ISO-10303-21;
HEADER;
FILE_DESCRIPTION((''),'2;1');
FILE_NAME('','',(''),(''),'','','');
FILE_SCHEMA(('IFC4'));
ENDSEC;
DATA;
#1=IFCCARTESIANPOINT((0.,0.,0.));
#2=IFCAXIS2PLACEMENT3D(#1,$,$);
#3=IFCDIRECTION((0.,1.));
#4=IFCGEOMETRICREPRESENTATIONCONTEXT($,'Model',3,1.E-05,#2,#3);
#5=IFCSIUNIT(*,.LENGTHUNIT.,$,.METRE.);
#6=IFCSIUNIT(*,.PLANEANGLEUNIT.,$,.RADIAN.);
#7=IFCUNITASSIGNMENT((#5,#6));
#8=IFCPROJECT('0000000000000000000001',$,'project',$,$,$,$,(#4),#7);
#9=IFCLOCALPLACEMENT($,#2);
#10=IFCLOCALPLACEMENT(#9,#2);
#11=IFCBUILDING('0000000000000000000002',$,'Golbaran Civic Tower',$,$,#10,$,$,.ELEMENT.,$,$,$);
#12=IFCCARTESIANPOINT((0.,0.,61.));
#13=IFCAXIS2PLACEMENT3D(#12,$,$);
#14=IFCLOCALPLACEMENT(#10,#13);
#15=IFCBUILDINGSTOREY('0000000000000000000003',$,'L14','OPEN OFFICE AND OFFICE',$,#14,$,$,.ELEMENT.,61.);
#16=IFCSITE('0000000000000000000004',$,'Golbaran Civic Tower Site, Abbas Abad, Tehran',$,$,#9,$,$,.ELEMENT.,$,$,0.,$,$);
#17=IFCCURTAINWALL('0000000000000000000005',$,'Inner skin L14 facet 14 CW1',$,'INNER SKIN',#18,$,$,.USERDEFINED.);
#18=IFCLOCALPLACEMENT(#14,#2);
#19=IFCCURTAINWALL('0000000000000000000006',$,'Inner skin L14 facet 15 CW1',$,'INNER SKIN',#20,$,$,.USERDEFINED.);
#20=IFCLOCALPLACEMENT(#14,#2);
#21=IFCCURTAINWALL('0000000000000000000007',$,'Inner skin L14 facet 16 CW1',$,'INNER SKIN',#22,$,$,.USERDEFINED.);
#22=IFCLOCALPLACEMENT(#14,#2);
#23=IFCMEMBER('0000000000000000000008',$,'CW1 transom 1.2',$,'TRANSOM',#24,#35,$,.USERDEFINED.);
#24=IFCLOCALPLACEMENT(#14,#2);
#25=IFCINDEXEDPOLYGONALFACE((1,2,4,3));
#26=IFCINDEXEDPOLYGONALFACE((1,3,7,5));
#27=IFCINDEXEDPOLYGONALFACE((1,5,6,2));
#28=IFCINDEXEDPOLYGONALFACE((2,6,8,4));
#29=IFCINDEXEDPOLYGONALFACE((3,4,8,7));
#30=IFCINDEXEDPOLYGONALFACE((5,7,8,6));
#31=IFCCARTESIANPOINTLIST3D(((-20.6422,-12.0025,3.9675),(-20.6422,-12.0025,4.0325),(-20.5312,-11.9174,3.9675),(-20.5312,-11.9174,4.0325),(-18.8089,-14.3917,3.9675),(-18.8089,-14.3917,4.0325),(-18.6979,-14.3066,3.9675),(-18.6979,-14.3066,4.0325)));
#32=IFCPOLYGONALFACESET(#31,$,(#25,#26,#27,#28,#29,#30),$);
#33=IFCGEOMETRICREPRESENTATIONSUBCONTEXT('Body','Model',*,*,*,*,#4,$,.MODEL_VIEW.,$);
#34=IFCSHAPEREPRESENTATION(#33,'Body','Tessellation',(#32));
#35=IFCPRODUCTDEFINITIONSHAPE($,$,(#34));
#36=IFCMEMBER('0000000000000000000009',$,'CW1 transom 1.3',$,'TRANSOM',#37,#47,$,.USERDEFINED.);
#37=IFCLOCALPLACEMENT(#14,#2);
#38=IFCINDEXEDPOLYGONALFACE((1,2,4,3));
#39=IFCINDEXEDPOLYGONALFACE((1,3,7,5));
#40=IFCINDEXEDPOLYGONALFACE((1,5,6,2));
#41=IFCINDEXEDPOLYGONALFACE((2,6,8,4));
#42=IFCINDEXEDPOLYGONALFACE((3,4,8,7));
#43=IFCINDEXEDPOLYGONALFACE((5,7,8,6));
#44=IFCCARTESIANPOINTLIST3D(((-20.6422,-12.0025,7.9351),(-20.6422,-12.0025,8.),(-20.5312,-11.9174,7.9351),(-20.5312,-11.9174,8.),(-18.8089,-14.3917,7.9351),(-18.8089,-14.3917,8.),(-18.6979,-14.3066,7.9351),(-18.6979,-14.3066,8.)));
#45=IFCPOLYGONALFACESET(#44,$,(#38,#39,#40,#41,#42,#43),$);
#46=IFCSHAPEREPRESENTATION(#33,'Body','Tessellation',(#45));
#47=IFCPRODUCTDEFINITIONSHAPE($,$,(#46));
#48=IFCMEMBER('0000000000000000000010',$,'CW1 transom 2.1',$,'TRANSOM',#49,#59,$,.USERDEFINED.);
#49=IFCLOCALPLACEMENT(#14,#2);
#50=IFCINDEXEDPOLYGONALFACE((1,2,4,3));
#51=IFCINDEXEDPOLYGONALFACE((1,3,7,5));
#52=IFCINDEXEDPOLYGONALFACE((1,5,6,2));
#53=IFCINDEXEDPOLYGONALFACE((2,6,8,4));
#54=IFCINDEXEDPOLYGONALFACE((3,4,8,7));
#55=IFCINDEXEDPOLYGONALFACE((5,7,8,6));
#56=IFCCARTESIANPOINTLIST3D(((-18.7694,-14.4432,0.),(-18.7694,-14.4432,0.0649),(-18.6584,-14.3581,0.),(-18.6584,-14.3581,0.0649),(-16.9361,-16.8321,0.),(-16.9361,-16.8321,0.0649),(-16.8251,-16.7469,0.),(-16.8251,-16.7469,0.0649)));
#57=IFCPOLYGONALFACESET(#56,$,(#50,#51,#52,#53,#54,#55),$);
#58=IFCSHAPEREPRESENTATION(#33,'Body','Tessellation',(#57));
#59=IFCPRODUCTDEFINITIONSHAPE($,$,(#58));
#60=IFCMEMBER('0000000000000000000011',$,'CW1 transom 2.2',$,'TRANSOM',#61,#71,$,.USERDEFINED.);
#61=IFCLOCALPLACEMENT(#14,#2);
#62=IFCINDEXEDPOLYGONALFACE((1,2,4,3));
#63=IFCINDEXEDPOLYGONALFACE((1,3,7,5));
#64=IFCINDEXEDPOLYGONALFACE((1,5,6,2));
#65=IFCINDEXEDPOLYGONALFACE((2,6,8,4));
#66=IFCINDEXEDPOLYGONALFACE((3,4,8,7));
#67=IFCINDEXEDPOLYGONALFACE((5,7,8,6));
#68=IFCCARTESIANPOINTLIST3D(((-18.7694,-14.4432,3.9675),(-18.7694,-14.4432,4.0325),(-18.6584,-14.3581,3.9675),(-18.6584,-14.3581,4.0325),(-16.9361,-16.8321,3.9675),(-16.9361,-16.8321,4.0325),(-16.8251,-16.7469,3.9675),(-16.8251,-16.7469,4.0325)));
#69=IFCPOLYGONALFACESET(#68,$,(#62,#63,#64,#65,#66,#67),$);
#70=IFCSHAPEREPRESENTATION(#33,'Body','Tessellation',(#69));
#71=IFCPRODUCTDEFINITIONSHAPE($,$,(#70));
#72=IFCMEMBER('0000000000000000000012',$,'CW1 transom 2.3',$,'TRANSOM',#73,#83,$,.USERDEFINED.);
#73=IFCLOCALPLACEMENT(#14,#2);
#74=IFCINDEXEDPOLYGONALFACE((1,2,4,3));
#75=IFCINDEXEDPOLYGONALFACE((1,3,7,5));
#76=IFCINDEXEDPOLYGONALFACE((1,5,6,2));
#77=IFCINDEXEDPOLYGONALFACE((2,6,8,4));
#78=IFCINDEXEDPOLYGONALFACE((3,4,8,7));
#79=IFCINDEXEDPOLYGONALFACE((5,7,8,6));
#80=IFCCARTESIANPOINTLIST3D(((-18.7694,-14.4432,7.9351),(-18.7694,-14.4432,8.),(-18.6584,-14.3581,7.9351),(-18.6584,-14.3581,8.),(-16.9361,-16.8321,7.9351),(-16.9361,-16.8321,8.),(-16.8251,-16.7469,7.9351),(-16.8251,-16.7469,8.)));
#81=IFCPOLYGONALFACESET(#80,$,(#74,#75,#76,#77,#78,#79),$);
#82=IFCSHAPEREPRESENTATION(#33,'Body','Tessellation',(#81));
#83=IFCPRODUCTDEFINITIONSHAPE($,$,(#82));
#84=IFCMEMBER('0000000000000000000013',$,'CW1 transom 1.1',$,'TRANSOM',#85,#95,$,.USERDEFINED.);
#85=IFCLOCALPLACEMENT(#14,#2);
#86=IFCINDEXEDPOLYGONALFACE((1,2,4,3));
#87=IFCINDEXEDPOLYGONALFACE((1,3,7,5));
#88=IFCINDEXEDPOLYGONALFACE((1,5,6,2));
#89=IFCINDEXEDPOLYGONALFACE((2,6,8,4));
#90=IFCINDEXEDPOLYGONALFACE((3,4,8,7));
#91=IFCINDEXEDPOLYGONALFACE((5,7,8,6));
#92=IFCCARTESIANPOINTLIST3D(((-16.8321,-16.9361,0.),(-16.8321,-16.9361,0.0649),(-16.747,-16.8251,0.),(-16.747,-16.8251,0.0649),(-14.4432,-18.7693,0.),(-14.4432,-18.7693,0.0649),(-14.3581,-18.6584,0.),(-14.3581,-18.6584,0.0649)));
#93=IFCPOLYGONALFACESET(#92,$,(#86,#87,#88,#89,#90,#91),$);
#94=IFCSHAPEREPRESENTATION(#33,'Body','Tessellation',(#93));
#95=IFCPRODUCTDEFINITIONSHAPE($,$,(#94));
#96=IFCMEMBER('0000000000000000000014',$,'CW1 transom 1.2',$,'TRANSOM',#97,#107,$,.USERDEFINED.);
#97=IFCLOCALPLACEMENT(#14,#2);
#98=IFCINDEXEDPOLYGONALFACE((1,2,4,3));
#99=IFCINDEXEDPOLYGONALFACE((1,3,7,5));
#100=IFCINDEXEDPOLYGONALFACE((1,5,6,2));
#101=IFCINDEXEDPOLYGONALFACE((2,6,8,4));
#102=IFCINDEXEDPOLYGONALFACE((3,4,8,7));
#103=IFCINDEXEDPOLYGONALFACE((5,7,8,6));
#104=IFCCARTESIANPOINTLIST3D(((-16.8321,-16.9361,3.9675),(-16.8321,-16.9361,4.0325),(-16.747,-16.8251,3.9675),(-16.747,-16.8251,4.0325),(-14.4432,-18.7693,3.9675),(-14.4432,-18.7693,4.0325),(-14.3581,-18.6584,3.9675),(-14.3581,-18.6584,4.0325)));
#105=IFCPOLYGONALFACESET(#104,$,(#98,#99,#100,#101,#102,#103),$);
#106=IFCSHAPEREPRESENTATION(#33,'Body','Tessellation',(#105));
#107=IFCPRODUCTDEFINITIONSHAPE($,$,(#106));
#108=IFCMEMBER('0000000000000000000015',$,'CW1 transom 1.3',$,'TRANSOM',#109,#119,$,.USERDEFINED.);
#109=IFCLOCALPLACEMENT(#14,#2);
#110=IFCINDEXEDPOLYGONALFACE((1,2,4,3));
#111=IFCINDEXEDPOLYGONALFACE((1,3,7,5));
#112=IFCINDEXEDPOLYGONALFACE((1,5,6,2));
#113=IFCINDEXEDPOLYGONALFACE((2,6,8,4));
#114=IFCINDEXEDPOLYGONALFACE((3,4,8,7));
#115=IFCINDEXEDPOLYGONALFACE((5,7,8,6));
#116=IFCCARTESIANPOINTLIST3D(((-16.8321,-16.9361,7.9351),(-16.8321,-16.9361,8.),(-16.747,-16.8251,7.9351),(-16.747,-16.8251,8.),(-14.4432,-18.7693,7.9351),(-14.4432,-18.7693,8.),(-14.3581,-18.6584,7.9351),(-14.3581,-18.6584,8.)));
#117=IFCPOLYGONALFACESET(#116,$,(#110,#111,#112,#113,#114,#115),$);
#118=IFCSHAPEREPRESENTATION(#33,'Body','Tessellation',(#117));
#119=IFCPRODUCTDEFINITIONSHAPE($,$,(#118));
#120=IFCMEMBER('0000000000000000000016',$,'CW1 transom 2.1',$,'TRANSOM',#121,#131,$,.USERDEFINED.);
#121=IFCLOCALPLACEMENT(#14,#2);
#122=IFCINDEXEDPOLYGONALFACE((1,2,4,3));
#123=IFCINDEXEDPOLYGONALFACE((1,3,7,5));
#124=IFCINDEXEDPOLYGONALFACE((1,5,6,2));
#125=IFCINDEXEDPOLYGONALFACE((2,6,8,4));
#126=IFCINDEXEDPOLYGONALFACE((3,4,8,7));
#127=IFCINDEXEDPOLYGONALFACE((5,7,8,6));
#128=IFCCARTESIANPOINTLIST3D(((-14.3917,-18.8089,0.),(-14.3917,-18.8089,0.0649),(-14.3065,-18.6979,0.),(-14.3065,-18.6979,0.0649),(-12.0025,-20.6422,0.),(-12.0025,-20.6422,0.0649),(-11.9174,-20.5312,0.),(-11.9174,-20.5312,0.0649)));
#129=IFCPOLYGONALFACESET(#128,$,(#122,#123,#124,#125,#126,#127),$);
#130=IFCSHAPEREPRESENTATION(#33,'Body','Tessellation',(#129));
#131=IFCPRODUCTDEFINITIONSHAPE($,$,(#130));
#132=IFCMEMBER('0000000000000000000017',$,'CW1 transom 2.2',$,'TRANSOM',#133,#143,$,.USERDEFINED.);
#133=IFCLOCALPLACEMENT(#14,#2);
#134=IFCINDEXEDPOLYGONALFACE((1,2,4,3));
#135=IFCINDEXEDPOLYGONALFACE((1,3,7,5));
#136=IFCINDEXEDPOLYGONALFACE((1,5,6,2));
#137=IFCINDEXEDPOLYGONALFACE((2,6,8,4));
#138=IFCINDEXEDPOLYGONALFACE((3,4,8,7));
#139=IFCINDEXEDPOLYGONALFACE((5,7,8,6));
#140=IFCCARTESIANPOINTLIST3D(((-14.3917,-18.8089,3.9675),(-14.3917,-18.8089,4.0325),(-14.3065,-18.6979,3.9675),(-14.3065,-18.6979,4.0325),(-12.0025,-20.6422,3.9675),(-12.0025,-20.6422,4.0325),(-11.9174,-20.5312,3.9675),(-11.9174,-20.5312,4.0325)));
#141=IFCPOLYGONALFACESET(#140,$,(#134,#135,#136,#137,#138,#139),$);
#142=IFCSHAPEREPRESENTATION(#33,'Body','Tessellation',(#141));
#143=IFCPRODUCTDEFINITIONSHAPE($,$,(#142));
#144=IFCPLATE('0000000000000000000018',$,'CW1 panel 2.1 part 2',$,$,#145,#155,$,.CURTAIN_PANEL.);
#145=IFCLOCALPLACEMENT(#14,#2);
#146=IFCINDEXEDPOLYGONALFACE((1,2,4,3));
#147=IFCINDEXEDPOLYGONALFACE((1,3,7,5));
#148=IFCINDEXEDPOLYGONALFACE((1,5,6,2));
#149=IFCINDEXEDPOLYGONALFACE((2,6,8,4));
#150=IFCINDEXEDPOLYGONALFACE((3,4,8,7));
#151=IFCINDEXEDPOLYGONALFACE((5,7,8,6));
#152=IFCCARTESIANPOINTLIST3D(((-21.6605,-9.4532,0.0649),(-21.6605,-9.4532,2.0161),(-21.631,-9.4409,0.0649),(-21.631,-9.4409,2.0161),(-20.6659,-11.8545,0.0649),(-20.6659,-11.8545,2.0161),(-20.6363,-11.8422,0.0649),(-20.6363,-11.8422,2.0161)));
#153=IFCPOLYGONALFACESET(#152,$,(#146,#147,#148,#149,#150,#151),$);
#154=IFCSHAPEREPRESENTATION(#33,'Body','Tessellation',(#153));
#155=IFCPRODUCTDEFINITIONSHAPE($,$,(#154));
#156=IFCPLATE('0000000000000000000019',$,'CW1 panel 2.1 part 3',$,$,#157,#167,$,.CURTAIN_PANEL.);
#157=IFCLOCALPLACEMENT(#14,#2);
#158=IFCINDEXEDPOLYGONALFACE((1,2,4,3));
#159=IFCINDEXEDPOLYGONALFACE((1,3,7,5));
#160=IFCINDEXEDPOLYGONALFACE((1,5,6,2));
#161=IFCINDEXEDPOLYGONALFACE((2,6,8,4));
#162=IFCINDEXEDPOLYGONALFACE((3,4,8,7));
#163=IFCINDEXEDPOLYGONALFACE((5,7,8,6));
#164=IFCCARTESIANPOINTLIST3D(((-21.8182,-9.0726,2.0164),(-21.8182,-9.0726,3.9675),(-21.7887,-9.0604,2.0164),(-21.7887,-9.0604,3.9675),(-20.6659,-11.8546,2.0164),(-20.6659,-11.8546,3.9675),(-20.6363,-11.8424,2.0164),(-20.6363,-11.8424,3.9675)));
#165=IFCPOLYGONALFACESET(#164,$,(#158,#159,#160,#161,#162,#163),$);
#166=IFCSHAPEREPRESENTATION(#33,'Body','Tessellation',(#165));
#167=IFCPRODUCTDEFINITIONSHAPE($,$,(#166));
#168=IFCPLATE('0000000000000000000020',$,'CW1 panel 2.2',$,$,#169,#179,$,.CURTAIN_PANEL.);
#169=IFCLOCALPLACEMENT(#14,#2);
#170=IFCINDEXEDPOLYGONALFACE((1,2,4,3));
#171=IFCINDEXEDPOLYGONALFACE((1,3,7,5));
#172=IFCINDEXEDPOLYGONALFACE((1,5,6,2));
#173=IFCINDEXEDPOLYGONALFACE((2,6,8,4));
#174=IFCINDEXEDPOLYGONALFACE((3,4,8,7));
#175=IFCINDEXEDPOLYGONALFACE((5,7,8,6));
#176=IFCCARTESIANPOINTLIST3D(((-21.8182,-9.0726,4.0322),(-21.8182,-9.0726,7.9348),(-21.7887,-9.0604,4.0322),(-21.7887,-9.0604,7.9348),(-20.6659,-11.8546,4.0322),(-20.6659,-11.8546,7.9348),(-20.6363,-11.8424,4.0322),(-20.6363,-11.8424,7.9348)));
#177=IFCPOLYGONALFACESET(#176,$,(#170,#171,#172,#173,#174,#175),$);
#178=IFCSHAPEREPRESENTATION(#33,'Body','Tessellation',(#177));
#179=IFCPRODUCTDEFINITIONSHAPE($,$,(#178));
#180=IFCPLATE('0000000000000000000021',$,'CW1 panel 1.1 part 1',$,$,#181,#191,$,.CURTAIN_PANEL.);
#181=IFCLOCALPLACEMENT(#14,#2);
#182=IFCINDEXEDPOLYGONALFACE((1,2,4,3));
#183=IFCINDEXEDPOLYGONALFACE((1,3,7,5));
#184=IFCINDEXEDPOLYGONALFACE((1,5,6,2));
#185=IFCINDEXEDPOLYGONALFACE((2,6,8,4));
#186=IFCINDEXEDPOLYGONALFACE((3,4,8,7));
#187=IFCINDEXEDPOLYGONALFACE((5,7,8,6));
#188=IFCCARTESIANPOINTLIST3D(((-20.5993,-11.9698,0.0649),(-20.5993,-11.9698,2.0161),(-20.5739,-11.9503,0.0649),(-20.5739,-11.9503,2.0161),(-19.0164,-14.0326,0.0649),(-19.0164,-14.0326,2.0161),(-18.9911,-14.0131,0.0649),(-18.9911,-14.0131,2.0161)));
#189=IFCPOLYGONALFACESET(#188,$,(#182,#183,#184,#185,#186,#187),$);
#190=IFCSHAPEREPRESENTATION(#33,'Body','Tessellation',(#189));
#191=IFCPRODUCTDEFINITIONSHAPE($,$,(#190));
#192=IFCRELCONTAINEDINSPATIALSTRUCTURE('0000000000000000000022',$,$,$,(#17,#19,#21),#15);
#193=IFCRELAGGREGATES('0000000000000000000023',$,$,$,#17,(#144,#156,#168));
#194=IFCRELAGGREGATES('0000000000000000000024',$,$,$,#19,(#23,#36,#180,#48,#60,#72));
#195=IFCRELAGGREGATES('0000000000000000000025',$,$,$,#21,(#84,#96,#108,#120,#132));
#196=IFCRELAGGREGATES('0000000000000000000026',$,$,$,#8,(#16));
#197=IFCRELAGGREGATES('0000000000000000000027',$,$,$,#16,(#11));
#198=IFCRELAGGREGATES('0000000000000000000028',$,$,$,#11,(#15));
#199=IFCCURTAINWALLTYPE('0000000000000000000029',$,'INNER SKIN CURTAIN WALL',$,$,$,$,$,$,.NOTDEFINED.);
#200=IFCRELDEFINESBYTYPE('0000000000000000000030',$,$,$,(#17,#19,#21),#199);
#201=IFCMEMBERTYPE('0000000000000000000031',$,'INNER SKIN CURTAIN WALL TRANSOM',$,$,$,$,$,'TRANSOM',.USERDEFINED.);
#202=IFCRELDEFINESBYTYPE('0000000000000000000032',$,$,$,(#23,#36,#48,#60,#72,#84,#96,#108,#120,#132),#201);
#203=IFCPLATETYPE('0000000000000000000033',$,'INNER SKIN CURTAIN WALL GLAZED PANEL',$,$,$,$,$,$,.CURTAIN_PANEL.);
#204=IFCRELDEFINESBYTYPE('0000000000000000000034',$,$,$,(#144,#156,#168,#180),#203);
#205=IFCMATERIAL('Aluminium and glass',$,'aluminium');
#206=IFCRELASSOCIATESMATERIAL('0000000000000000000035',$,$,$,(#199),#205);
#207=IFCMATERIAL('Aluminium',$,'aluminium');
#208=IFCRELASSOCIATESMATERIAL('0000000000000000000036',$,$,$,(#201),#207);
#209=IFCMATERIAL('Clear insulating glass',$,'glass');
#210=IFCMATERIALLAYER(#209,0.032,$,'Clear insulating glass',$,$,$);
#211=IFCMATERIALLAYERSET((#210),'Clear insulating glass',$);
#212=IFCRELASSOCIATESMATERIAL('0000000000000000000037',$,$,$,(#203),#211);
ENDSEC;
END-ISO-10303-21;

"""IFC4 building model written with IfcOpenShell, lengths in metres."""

from ifc_helpers import new_model, si_unit, direction, frame, origin, origin_2d, place, context, subcontext, project, spatial, rectangle, extrude, material, layer, layer_set, material_profile, profile_set, type_object, element, aggregate, save


model = new_model("IFC4")

# Units and contexts
model_context = context("Model", 3, precision=1e-05, world=origin(), true_north=direction((0.0, 1.0)))
body_context = subcontext(model_context, "Body", "Model", "MODEL_VIEW")
ifc_project = project(units=[si_unit("LENGTHUNIT", "METRE"), si_unit("PLANEANGLEUNIT", "RADIAN")], contexts=[model_context])

# Site, building, storey
site_placement = place(None, origin())
site = spatial("IfcSite", under=ifc_project, at=site_placement, Name="Golbaran Civic Tower Site, Abbas Abad, Tehran", CompositionType="ELEMENT", RefElevation=0.0)
building_placement = place(site_placement, origin())
building = spatial("IfcBuilding", under=site, at=building_placement, Name="Golbaran Civic Tower", CompositionType="ELEMENT")
storey_placement = place(building_placement, frame((0.0, 0.0, 61.0)))
storey = spatial("IfcBuildingStorey", under=building, at=storey_placement, Name="L14", Description="OPEN OFFICE AND OFFICE", CompositionType="ELEMENT", Elevation=61.0)

# Curtain wall
ifc_material_1 = material(Name="Aluminium and glass", Category="aluminium")
curtain_wall_type = type_object("IfcCurtainWallType", Name="INNER SKIN CURTAIN WALL", PredefinedType="NOTDEFINED", material=ifc_material_1)
curtain_wall_1_placement = place(storey_placement, origin())
curtain_wall_1 = element("IfcCurtainWall", 1, at=curtain_wall_1_placement, inside=storey, type_object=curtain_wall_type, Name="Inner skin L14 facet 14 CW1", ObjectType="INNER SKIN", PredefinedType="USERDEFINED")
ifc_material_2 = material(Name="Aluminium", Category="aluminium")

# Curtain walls
curtain_wall_2_placement = place(storey_placement, origin())
curtain_wall_2 = element("IfcCurtainWall", 2, at=curtain_wall_2_placement, inside=storey, type_object=curtain_wall_type, Name="Inner skin L14 facet 15 CW1", ObjectType="INNER SKIN", PredefinedType="USERDEFINED")
curtain_wall_3_placement = place(storey_placement, origin())
curtain_wall_3 = element("IfcCurtainWall", 3, at=curtain_wall_3_placement, inside=storey, type_object=curtain_wall_type, Name="Inner skin L14 facet 16 CW1", ObjectType="INNER SKIN", PredefinedType="USERDEFINED")

# Members
ifc_material_profile_1 = material_profile(ifc_material_2, rectangle(XDim=0.1399, YDim=0.0649, at=origin_2d()), Name="INNER SKIN CURTAIN WALL TRANSOM")
ifc_profile_set_1 = profile_set([ifc_material_profile_1], Name="Aluminium")
member_type_1 = type_object("IfcMemberType", Name="INNER SKIN CURTAIN WALL TRANSOM", ElementType="TRANSOM", PredefinedType="USERDEFINED", material=ifc_profile_set_1)
member_1_placement = place(storey_placement, frame((-20.5867, -11.96, 4.0), z_axis=(0.608758, -0.793356, 0.0), x_axis=(0.793356, 0.608758, 0.0)))
member_1 = element("IfcMember", 4, at=member_1_placement, type_object=member_type_1, Name="CW1 transom 1.2", ObjectType="TRANSOM", PredefinedType="USERDEFINED", context=body_context, shape_type="SweptSolid", body=[
    extrude(rectangle(XDim=0.1399, YDim=0.0649, at=origin_2d()), origin(), (0.0, 0.0, 1.0), 3.0115),
])
member_2_placement = place(storey_placement, frame((-20.5867, -11.96, 7.9675), z_axis=(0.608758, -0.793356, 0.0), x_axis=(0.793356, 0.608758, 0.0)))
member_2 = element("IfcMember", 5, at=member_2_placement, type_object=member_type_1, Name="CW1 transom 1.3", ObjectType="TRANSOM", PredefinedType="USERDEFINED", context=body_context, shape_type="SweptSolid", body=[
    extrude(rectangle(XDim=0.1399, YDim=0.0649, at=origin_2d()), origin(), (0.0, 0.0, 1.0), 3.0115),
])
member_3_placement = place(storey_placement, frame((-18.7139, -14.4006, 0.0325), z_axis=(0.608797, -0.793326, 0.0), x_axis=(0.793326, 0.608797, 0.0)))
member_3 = element("IfcMember", 6, at=member_3_placement, type_object=member_type_1, Name="CW1 transom 2.1", ObjectType="TRANSOM", PredefinedType="USERDEFINED", context=body_context, shape_type="SweptSolid", body=[
    extrude(rectangle(XDim=0.1399, YDim=0.0649, at=origin_2d()), origin(), (0.0, 0.0, 1.0), 3.0112),
])
member_4_placement = place(storey_placement, frame((-18.7139, -14.4006, 4.0), z_axis=(0.608797, -0.793326, 0.0), x_axis=(0.793326, 0.608797, 0.0)))
member_4 = element("IfcMember", 7, at=member_4_placement, type_object=member_type_1, Name="CW1 transom 2.2", ObjectType="TRANSOM", PredefinedType="USERDEFINED", context=body_context, shape_type="SweptSolid", body=[
    extrude(rectangle(XDim=0.1399, YDim=0.0649, at=origin_2d()), origin(), (0.0, 0.0, 1.0), 3.0112),
])
member_5_placement = place(storey_placement, frame((-18.7139, -14.4006, 7.9675), z_axis=(0.608797, -0.793326, 0.0), x_axis=(0.793326, 0.608797, 0.0)))
member_5 = element("IfcMember", 8, at=member_5_placement, type_object=member_type_1, Name="CW1 transom 2.3", ObjectType="TRANSOM", PredefinedType="USERDEFINED", context=body_context, shape_type="SweptSolid", body=[
    extrude(rectangle(XDim=0.1399, YDim=0.0649, at=origin_2d()), origin(), (0.0, 0.0, 1.0), 3.0112),
])
member_6_placement = place(storey_placement, frame((-16.7896, -16.8806, 0.0325), z_axis=(0.793326, -0.608797, 0.0), x_axis=(0.608797, 0.793326, 0.0)))
member_6 = element("IfcMember", 9, at=member_6_placement, type_object=member_type_1, Name="CW1 transom 1.1", ObjectType="TRANSOM", PredefinedType="USERDEFINED", context=body_context, shape_type="SweptSolid", body=[
    extrude(rectangle(XDim=0.1399, YDim=0.0649, at=origin_2d()), origin(), (0.0, 0.0, 1.0), 3.0112),
])
member_7_placement = place(storey_placement, frame((-16.7896, -16.8806, 4.0), z_axis=(0.793326, -0.608797, 0.0), x_axis=(0.608797, 0.793326, 0.0)))
member_7 = element("IfcMember", 10, at=member_7_placement, type_object=member_type_1, Name="CW1 transom 1.2", ObjectType="TRANSOM", PredefinedType="USERDEFINED", context=body_context, shape_type="SweptSolid", body=[
    extrude(rectangle(XDim=0.1399, YDim=0.0649, at=origin_2d()), origin(), (0.0, 0.0, 1.0), 3.0112),
])
member_8_placement = place(storey_placement, frame((-16.7896, -16.8806, 7.9675), z_axis=(0.793326, -0.608797, 0.0), x_axis=(0.608797, 0.793326, 0.0)))
member_8 = element("IfcMember", 11, at=member_8_placement, type_object=member_type_1, Name="CW1 transom 1.3", ObjectType="TRANSOM", PredefinedType="USERDEFINED", context=body_context, shape_type="SweptSolid", body=[
    extrude(rectangle(XDim=0.1399, YDim=0.0649, at=origin_2d()), origin(), (0.0, 0.0, 1.0), 3.0112),
])
member_9_placement = place(storey_placement, frame((-14.3491, -18.7534, 0.0325), z_axis=(0.793356, -0.608758, 0.0), x_axis=(0.608758, 0.793356, 0.0)))
member_9 = element("IfcMember", 12, at=member_9_placement, type_object=member_type_1, Name="CW1 transom 2.1", ObjectType="TRANSOM", PredefinedType="USERDEFINED", context=body_context, shape_type="SweptSolid", body=[
    extrude(rectangle(XDim=0.1399, YDim=0.0649, at=origin_2d()), origin(), (0.0, 0.0, 1.0), 3.0115),
])
member_10_placement = place(storey_placement, frame((-14.3491, -18.7534, 4.0), z_axis=(0.793356, -0.608758, 0.0), x_axis=(0.608758, 0.793356, 0.0)))
member_10 = element("IfcMember", 13, at=member_10_placement, type_object=member_type_1, Name="CW1 transom 2.2", ObjectType="TRANSOM", PredefinedType="USERDEFINED", context=body_context, shape_type="SweptSolid", body=[
    extrude(rectangle(XDim=0.1399, YDim=0.0649, at=origin_2d()), origin(), (0.0, 0.0, 1.0), 3.0115),
])

# Plates
ifc_material_3 = material(Name="Clear insulating glass", Category="glass")
ifc_layer_1 = layer(ifc_material_3, 0.032, Name="Clear insulating glass")
ifc_layer_set_1 = layer_set([ifc_layer_1], Name="Clear insulating glass")
plate_type_1 = type_object("IfcPlateType", Name="INNER SKIN CURTAIN WALL GLAZED PANEL", PredefinedType="CURTAIN_PANEL", material=ifc_layer_set_1)
plate_1_placement = place(storey_placement, frame((-21.1484, -10.6477, 0.0649), z_axis=(0.0, 0.0, 1.0), x_axis=(0.382683, -0.92388, 0.0)))
plate_1 = element("IfcPlate", 14, at=plate_1_placement, type_object=plate_type_1, Name="CW1 panel 2.1 part 2", PredefinedType="CURTAIN_PANEL", context=body_context, shape_type="SweptSolid", body=[
    extrude(rectangle(XDim=2.5991, YDim=0.032, at=origin_2d()), origin(), (0.0, 0.0, 1.0), 1.9512),
])
plate_2_placement = place(storey_placement, frame((-21.2273, -10.4575, 2.0164), z_axis=(0.0, 0.0, 1.0), x_axis=(0.382683, -0.92388, 0.0)))
plate_2 = element("IfcPlate", 15, at=plate_2_placement, type_object=plate_type_1, Name="CW1 panel 2.1 part 3", PredefinedType="CURTAIN_PANEL", context=body_context, shape_type="SweptSolid", body=[
    extrude(rectangle(XDim=3.0112, YDim=0.032, at=origin_2d()), origin(), (0.0, 0.0, 1.0), 1.9512),
])
plate_3_placement = place(storey_placement, frame((-21.2273, -10.4575, 4.0322), z_axis=(0.0, 0.0, 1.0), x_axis=(0.382683, -0.92388, 0.0)))
plate_3 = element("IfcPlate", 16, at=plate_3_placement, type_object=plate_type_1, Name="CW1 panel 2.2", PredefinedType="CURTAIN_PANEL", context=body_context, shape_type="SweptSolid", body=[
    extrude(rectangle(XDim=3.0112, YDim=0.032, at=origin_2d()), origin(), (0.0, 0.0, 1.0), 3.9026),
])
aggregate(curtain_wall_1, [plate_1, plate_2, plate_3])
plate_4_placement = place(storey_placement, frame((-19.7952, -12.9915, 0.0649), z_axis=(0.0, 0.0, 1.0), x_axis=(0.608761, -0.793353, 0.0)))
plate_4 = element("IfcPlate", 17, at=plate_4_placement, type_object=plate_type_1, Name="CW1 panel 1.1 part 1", PredefinedType="CURTAIN_PANEL", context=body_context, shape_type="SweptSolid", body=[
    extrude(rectangle(XDim=2.6001, YDim=0.032, at=origin_2d()), origin(), (0.0, 0.0, 1.0), 1.9512),
])
aggregate(curtain_wall_2, [member_1, member_2, plate_4, member_3, member_4, member_5])
aggregate(curtain_wall_3, [member_6, member_7, member_8, member_9, member_10])

save(model, "model.ifc")
